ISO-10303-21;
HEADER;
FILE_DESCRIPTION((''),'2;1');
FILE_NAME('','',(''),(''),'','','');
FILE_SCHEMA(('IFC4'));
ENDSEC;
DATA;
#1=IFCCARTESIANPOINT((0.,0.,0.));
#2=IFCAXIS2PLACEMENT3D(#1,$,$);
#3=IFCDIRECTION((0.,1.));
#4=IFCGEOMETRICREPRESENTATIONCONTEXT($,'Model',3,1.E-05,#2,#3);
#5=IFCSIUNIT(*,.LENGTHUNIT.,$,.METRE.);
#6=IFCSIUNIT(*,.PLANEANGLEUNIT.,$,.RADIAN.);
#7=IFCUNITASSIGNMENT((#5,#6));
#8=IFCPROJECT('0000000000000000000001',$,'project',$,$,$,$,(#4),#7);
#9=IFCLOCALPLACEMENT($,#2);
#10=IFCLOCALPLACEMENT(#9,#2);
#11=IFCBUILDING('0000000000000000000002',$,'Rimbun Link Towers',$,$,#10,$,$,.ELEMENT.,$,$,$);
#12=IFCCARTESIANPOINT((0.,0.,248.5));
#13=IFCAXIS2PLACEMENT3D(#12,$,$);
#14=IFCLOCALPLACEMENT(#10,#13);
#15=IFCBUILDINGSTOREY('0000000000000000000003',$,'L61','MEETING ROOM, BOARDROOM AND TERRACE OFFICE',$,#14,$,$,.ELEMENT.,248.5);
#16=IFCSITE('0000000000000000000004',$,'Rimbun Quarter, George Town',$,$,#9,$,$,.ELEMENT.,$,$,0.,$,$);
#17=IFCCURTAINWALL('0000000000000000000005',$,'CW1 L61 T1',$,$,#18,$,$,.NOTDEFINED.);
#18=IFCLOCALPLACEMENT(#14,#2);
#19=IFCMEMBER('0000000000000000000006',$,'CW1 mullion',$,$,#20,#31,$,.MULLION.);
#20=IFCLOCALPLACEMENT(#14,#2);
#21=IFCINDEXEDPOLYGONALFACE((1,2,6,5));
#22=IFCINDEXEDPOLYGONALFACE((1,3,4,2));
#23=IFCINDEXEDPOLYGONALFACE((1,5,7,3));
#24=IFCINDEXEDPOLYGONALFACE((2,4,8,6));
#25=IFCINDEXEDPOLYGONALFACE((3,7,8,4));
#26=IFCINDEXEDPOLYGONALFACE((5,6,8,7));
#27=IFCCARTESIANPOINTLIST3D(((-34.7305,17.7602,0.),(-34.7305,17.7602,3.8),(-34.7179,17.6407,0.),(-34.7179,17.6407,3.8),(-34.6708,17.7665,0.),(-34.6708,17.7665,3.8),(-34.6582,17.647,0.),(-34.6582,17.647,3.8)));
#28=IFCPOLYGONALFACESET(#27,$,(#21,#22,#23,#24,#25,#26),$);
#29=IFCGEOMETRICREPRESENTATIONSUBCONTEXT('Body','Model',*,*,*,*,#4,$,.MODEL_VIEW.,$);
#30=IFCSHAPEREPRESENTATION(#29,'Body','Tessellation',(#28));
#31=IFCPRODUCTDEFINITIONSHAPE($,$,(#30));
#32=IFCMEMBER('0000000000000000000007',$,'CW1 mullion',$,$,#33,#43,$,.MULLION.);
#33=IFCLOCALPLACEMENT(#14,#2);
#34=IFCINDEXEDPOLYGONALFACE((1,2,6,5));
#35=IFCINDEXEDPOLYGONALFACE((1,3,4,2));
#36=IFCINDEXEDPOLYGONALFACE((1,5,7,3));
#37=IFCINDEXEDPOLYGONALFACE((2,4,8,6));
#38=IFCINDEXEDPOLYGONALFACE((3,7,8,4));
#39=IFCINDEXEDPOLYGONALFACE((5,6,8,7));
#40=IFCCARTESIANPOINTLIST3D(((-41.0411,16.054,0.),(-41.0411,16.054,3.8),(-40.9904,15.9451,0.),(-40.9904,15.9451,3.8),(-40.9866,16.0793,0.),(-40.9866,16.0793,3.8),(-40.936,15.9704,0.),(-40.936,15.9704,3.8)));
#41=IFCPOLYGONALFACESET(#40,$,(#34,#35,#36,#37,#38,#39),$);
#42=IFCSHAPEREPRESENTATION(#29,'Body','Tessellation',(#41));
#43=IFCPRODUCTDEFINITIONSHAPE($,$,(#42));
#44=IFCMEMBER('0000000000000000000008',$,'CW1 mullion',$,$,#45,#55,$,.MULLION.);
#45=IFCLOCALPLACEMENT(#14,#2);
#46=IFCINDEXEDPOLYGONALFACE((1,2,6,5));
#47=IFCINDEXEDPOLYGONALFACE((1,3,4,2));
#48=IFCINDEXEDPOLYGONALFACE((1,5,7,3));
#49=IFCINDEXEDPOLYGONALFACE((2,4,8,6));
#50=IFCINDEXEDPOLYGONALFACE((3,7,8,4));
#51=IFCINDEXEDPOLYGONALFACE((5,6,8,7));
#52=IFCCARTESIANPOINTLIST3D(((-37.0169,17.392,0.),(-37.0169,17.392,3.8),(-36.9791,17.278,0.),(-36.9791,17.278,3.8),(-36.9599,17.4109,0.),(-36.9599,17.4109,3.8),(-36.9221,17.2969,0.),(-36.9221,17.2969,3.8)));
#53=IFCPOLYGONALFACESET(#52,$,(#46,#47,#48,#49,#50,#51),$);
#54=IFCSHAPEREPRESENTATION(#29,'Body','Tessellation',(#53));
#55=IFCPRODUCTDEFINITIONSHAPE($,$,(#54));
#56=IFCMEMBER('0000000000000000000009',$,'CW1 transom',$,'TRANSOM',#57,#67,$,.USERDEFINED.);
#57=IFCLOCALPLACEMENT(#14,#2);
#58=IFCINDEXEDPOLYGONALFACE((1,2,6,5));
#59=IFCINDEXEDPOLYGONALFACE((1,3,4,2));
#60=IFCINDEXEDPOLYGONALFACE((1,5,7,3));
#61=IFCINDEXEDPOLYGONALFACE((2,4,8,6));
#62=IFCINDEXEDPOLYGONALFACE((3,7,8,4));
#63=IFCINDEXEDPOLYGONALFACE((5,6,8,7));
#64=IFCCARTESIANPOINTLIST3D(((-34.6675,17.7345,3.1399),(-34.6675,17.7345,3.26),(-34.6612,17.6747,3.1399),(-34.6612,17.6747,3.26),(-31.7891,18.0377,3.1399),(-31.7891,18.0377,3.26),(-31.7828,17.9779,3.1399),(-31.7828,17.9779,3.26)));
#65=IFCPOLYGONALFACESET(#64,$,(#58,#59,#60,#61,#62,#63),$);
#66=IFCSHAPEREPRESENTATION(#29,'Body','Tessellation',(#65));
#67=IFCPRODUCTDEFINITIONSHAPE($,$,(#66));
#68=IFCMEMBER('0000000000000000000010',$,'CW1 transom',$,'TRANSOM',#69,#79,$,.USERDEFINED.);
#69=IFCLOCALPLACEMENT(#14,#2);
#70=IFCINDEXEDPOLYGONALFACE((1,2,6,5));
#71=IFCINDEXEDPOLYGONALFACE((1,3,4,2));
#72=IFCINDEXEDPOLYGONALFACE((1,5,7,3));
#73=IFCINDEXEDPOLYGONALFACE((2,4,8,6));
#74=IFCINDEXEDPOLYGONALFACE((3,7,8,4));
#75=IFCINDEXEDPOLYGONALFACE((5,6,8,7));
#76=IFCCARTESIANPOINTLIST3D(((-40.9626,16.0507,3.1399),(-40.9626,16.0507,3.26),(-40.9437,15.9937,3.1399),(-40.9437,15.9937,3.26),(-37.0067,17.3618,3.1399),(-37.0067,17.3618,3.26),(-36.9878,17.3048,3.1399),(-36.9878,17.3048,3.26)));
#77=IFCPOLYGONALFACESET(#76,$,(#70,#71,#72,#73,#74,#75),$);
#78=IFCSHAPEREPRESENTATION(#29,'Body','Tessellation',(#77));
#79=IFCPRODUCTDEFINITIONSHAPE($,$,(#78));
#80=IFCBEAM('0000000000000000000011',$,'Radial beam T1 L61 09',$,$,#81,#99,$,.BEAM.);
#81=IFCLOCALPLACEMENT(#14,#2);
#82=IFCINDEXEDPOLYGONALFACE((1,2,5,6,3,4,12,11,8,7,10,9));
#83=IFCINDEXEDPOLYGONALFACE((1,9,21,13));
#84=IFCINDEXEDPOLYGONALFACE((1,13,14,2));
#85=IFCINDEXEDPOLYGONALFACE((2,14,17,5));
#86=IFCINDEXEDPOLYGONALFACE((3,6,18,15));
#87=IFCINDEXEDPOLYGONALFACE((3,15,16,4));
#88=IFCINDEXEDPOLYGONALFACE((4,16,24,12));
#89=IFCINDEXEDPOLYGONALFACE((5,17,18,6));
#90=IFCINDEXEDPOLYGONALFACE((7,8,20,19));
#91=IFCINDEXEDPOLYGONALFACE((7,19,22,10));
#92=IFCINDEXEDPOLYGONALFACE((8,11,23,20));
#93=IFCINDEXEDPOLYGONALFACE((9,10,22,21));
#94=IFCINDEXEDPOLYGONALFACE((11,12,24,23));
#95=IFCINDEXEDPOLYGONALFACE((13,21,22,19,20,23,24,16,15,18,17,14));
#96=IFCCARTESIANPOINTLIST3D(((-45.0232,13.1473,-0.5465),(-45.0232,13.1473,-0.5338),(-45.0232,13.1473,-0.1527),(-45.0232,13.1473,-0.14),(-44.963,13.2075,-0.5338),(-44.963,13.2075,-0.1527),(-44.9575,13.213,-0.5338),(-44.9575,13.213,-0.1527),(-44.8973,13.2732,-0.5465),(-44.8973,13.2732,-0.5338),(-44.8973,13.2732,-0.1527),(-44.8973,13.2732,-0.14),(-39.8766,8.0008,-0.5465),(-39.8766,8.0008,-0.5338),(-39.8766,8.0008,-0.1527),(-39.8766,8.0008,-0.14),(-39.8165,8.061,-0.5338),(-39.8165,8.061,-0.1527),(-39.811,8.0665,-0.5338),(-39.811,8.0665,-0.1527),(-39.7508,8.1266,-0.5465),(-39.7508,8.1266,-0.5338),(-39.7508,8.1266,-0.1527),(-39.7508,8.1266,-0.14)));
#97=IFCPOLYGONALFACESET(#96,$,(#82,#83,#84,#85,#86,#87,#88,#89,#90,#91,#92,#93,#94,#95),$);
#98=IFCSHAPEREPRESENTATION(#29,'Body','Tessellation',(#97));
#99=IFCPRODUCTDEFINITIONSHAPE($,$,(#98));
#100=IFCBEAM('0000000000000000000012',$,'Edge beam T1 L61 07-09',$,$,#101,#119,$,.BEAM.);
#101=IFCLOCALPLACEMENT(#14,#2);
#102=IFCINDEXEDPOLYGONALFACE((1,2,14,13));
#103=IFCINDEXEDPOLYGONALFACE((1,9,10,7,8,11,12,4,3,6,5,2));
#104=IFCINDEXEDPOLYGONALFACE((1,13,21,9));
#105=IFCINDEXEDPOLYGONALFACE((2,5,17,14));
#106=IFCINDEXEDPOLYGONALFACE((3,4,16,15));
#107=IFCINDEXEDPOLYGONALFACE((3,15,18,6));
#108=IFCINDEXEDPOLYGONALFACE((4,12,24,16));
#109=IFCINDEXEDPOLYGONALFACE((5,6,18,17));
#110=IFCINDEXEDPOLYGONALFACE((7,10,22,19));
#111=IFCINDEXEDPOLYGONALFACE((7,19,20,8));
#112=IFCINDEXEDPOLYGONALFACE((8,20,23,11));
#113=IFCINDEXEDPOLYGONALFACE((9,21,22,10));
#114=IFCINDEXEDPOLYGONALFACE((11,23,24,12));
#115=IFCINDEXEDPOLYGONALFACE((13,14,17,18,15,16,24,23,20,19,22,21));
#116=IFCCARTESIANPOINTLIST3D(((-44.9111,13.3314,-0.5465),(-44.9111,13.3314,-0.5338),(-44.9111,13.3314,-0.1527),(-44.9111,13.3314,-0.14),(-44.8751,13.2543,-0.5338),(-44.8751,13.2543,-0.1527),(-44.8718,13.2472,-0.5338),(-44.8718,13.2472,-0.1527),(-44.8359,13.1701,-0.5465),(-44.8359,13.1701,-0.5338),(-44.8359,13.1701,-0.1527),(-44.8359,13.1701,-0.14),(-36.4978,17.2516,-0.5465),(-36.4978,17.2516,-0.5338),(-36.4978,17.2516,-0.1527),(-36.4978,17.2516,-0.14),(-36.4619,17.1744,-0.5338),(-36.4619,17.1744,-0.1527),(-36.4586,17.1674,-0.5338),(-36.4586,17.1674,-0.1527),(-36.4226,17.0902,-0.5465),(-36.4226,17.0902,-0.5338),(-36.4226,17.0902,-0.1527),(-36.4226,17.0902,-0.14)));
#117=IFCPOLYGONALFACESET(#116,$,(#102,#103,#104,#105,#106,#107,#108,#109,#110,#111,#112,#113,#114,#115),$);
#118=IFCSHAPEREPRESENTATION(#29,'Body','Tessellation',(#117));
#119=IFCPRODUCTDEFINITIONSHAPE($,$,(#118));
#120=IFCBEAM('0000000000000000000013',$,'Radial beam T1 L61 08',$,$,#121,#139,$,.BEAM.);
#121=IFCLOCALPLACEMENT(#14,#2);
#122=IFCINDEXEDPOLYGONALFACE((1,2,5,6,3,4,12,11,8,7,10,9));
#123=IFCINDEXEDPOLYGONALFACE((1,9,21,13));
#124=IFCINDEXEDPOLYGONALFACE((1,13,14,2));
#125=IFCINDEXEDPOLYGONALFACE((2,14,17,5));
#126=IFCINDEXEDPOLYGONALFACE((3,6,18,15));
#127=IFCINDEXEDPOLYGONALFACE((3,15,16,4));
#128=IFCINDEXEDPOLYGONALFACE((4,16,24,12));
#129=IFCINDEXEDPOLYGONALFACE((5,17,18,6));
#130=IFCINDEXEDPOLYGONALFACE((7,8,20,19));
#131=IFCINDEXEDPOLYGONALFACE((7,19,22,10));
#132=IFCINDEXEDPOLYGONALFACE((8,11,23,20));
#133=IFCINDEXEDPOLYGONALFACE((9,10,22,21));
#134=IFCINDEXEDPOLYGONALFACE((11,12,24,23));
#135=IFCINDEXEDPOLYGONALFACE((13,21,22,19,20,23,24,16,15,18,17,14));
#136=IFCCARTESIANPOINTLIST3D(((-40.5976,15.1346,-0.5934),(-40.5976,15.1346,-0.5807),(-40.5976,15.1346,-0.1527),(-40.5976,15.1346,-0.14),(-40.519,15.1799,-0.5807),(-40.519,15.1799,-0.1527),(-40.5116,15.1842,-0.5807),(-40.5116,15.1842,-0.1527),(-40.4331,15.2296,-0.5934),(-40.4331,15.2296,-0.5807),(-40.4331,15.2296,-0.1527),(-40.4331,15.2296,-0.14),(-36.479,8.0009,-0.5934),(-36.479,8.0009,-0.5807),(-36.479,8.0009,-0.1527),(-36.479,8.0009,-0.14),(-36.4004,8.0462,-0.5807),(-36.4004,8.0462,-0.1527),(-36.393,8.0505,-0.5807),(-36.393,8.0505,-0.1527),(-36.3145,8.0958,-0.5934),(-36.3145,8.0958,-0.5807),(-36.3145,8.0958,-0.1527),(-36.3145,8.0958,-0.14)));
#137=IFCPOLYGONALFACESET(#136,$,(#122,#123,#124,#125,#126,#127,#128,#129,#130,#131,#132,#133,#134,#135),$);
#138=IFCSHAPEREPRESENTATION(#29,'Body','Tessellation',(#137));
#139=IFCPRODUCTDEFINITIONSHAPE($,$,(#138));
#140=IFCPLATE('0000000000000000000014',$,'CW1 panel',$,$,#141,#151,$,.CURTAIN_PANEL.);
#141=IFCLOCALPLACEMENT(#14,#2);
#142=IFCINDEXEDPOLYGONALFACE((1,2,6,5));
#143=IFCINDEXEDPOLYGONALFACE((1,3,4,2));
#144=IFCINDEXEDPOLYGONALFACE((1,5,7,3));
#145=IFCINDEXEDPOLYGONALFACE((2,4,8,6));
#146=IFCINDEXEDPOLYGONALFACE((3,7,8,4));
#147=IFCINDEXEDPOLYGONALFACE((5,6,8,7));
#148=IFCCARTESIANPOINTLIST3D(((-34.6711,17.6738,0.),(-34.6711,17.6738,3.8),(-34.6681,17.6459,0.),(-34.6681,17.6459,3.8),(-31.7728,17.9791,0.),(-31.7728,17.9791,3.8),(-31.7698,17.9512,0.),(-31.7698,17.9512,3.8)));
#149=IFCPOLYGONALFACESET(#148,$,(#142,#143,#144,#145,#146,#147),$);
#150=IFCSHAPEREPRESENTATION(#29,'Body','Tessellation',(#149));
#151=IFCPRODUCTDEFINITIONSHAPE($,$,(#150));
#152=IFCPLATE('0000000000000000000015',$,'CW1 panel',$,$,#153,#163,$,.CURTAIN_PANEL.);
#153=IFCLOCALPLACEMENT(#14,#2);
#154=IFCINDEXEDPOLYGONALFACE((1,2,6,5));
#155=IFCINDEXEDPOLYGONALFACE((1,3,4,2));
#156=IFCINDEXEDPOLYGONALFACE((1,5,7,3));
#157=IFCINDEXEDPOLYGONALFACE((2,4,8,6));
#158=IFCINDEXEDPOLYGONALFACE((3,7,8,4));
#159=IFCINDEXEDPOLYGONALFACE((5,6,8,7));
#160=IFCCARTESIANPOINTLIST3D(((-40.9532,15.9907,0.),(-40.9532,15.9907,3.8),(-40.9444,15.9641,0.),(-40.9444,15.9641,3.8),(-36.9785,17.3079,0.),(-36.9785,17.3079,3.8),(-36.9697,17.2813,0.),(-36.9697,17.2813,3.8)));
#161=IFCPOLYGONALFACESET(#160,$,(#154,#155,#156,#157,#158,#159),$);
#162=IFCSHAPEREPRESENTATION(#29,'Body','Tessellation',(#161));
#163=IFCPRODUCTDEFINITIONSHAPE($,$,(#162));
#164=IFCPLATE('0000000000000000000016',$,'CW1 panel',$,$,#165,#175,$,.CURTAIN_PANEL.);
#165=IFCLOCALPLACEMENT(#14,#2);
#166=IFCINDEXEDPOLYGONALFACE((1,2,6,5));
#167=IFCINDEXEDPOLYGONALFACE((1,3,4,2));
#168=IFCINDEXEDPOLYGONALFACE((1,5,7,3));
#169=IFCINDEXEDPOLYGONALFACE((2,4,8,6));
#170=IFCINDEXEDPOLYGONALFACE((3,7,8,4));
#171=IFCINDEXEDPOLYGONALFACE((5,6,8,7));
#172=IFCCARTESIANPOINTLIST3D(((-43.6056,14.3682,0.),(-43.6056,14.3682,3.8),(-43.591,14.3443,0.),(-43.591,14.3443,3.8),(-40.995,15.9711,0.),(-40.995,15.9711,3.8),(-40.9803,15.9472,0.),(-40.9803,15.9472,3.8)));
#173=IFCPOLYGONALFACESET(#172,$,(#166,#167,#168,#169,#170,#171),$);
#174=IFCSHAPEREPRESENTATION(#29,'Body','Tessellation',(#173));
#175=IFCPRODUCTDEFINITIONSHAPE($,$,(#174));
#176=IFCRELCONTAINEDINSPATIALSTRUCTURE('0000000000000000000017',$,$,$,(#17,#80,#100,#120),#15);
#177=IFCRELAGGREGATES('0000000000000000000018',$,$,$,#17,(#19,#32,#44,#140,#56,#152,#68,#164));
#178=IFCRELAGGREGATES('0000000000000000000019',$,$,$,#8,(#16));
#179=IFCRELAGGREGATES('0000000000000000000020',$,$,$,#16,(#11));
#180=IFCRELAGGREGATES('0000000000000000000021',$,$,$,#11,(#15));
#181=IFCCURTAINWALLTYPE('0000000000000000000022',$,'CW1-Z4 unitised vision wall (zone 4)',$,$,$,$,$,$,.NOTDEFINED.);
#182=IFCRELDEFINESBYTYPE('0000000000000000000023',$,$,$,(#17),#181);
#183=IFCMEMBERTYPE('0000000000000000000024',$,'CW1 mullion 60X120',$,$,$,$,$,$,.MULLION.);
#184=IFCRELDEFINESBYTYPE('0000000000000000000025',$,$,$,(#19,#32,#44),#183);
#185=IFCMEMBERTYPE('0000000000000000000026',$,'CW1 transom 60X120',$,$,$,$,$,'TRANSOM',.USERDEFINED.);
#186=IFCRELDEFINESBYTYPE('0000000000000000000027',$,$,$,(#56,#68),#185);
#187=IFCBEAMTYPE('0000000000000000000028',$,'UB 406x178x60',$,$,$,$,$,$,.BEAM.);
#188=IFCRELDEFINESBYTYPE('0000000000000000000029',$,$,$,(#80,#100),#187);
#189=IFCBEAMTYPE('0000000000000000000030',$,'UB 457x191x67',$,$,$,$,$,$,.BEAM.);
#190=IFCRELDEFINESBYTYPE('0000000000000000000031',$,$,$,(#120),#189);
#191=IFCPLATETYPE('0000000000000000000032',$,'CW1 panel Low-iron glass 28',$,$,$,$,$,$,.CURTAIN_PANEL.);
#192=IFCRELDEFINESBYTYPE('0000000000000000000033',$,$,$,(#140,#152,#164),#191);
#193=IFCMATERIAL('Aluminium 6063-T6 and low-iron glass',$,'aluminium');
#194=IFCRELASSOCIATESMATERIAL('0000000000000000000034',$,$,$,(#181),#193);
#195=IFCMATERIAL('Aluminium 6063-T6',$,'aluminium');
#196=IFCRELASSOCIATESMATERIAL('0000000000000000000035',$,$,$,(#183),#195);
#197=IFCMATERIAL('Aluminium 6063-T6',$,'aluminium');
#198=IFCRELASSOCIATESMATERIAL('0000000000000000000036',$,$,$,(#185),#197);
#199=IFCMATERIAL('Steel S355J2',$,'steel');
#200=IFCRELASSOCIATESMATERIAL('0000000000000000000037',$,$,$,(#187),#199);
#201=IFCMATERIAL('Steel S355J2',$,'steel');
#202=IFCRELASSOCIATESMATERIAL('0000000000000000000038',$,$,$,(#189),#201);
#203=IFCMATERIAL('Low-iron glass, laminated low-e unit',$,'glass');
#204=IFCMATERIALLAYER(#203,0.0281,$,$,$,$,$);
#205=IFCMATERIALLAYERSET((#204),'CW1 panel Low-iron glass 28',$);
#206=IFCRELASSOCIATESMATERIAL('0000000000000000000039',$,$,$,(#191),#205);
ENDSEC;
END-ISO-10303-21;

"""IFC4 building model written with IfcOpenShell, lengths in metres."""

from ifc_helpers import new_model, si_unit, direction, frame, origin, origin_2d, place, context, subcontext, project, spatial, rectangle, i_section, extrude, material, layer, layer_set, material_profile, profile_set, type_object, element, aggregate, save


model = new_model("IFC4")

# Units and contexts
model_context = context("Model", 3, precision=1e-05, world=origin(), true_north=direction((0.0, 1.0)))
body_context = subcontext(model_context, "Body", "Model", "MODEL_VIEW")
ifc_project = project(units=[si_unit("LENGTHUNIT", "METRE"), si_unit("PLANEANGLEUNIT", "RADIAN")], contexts=[model_context])

# Site, building, storey
site_placement = place(None, origin())
site = spatial("IfcSite", under=ifc_project, at=site_placement, Name="Rimbun Quarter, George Town", CompositionType="ELEMENT", RefElevation=0.0)
building_placement = place(site_placement, origin())
building = spatial("IfcBuilding", under=site, at=building_placement, Name="Rimbun Link Towers", CompositionType="ELEMENT")
storey_placement = place(building_placement, frame((0.0, 0.0, 248.5)))
storey = spatial("IfcBuildingStorey", under=building, at=storey_placement, Name="L61", Description="MEETING ROOM, BOARDROOM AND TERRACE OFFICE", CompositionType="ELEMENT", Elevation=248.5)

# Curtain wall, members
ifc_material_1 = material(Name="Aluminium 6063-T6 and low-iron glass", Category="aluminium")
curtain_wall_type = type_object("IfcCurtainWallType", Name="CW1-Z4 unitised vision wall (zone 4)", PredefinedType="NOTDEFINED", material=ifc_material_1)
curtain_wall_placement = place(storey_placement, origin())
curtain_wall = element("IfcCurtainWall", 1, at=curtain_wall_placement, inside=storey, type_object=curtain_wall_type, Name="CW1 L61 T1", PredefinedType="NOTDEFINED")
ifc_material_2 = material(Name="Aluminium 6063-T6", Category="aluminium")
ifc_material_profile_1 = material_profile(ifc_material_2, rectangle(XDim=0.1201, YDim=0.0601, at=origin_2d()), Name="MULLION 60X120")
ifc_profile_set_1 = profile_set([ifc_material_profile_1], Name="Aluminium 6063-T6")
member_type_1 = type_object("IfcMemberType", Name="CW1 mullion 60X120", PredefinedType="MULLION", material=ifc_profile_set_1)
member_1_placement = place(storey_placement, frame((-34.6943, 17.7036, 0.0), z_axis=(0.0, 0.0, 1.0), x_axis=(-0.104732, 0.9945, 0.0)))
member_1 = element("IfcMember", 2, at=member_1_placement, type_object=member_type_1, Name="CW1 mullion", PredefinedType="MULLION", context=body_context, shape_type="SweptSolid", body=[
    extrude(rectangle(XDim=0.1201, YDim=0.0601, at=origin_2d()), origin(), (0.0, 0.0, 1.0), 3.8),
])
member_2_placement = place(storey_placement, frame((-40.9885, 16.0122, 0.0), z_axis=(0.0, 0.0, 1.0), x_axis=(-0.4217, 0.906735, 0.0)))
member_2 = element("IfcMember", 3, at=member_2_placement, type_object=member_type_1, Name="CW1 mullion", PredefinedType="MULLION", context=body_context, shape_type="SweptSolid", body=[
    extrude(rectangle(XDim=0.1201, YDim=0.0601, at=origin_2d()), origin(), (0.0, 0.0, 1.0), 3.8),
])
member_3_placement = place(storey_placement, frame((-36.9695, 17.3445, 0.0), z_axis=(0.0, 0.0, 1.0), x_axis=(-0.314569, 0.949234, 0.0)))
member_3 = element("IfcMember", 4, at=member_3_placement, type_object=member_type_1, Name="CW1 mullion", PredefinedType="MULLION", context=body_context, shape_type="SweptSolid", body=[
    extrude(rectangle(XDim=0.1201, YDim=0.0601, at=origin_2d()), origin(), (0.0, 0.0, 1.0), 3.8),
])
ifc_material_3 = material(Name="Aluminium 6063-T6", Category="aluminium")
ifc_material_profile_2 = material_profile(ifc_material_3, rectangle(XDim=0.0601, YDim=0.1201, at=origin_2d()), Name="TRANSOM 60X120")
ifc_profile_set_2 = profile_set([ifc_material_profile_2], Name="Aluminium 6063-T6")
member_type_2 = type_object("IfcMemberType", Name="CW1 transom 60X120", ElementType="TRANSOM", PredefinedType="USERDEFINED", material=ifc_profile_set_2)
member_4_placement = place(storey_placement, frame((-34.6643, 17.7046, 3.2), z_axis=(0.994497, 0.104764, 0.0), x_axis=(-0.104764, 0.994497, 0.0)))
member_4 = element("IfcMember", 5, at=member_4_placement, type_object=member_type_2, Name="CW1 transom", ObjectType="TRANSOM", PredefinedType="USERDEFINED", context=body_context, shape_type="SweptSolid", body=[
    extrude(rectangle(XDim=0.0601, YDim=0.1201, at=origin_2d()), origin(), (0.0, 0.0, 1.0), 2.8943),
])
member_5_placement = place(storey_placement, frame((-40.9531, 16.0222, 3.2), z_axis=(0.949227, 0.314593, 0.0), x_axis=(-0.314593, 0.949227, 0.0)))
member_5 = element("IfcMember", 6, at=member_5_placement, type_object=member_type_2, Name="CW1 transom", ObjectType="TRANSOM", PredefinedType="USERDEFINED", context=body_context, shape_type="SweptSolid", body=[
    extrude(rectangle(XDim=0.0601, YDim=0.1201, at=origin_2d()), origin(), (0.0, 0.0, 1.0), 4.1675),
])

# Beams
ifc_material_4 = material(Name="Steel S355J2", Category="steel")
ifc_material_profile_3 = material_profile(ifc_material_4, i_section(OverallWidth=0.178, OverallDepth=0.4065, WebThickness=0.0078, FlangeThickness=0.0127, at=origin_2d()), Name="UB 406x178x60")
ifc_profile_set_3 = profile_set([ifc_material_profile_3], Name="Steel S355J2")
beam_type_1 = type_object("IfcBeamType", Name="UB 406x178x60", PredefinedType="BEAM", material=ifc_profile_set_3)
beam_1_placement = place(storey_placement, frame((-39.8137, 8.0637, -0.3433), z_axis=(-0.707107, 0.707107, 0.0), x_axis=(-0.707107, -0.707107, 0.0)))
element("IfcBeam", 7, at=beam_1_placement, inside=storey, type_object=beam_type_1, Name="Radial beam T1 L61 09", PredefinedType="BEAM", context=body_context, shape_type="SweptSolid", body=[
    extrude(i_section(OverallWidth=0.178, OverallDepth=0.4065, WebThickness=0.0078, FlangeThickness=0.0127, at=origin_2d()), origin(), (0.0, 0.0, 1.0), 7.2783),
])
beam_2_placement = place(storey_placement, frame((-36.4602, 17.1709, -0.3433), z_axis=(-0.906433, -0.42235, 0.0), x_axis=(0.42235, -0.906433, 0.0)))
element("IfcBeam", 8, at=beam_2_placement, inside=storey, type_object=beam_type_1, Name="Edge beam T1 L61 07-09", PredefinedType="BEAM", context=body_context, shape_type="SweptSolid", body=[
    extrude(i_section(OverallWidth=0.178, OverallDepth=0.4065, WebThickness=0.0078, FlangeThickness=0.0127, at=origin_2d()), origin(), (0.0, 0.0, 1.0), 9.2817),
])
ifc_material_5 = material(Name="Steel S355J2", Category="steel")
ifc_material_profile_4 = material_profile(ifc_material_5, i_section(OverallWidth=0.1899, OverallDepth=0.4534, WebThickness=0.0085, FlangeThickness=0.0127, at=origin_2d()), Name="UB 457x191x67")
ifc_profile_set_4 = profile_set([ifc_material_profile_4], Name="Steel S355J2")
beam_type_2 = type_object("IfcBeamType", Name="UB 457x191x67", PredefinedType="BEAM", material=ifc_profile_set_4)
beam_3_placement = place(storey_placement, frame((-36.3967, 8.0483, -0.3667), z_axis=(-0.499996, 0.866028, 0.0), x_axis=(-0.866028, -0.499996, 0.0)))
element("IfcBeam", 9, at=beam_3_placement, inside=storey, type_object=beam_type_2, Name="Radial beam T1 L61 08", PredefinedType="BEAM", context=body_context, shape_type="SweptSolid", body=[
    extrude(i_section(OverallWidth=0.1899, OverallDepth=0.4534, WebThickness=0.0085, FlangeThickness=0.0127, at=origin_2d()), origin(), (0.0, 0.0, 1.0), 8.2373),
])

# Plates
ifc_material_6 = material(Name="Low-iron glass, laminated low-e unit", Category="glass")
ifc_layer_1 = layer(ifc_material_6, 0.0281)
ifc_layer_set_1 = layer_set([ifc_layer_1], Name="CW1 panel Low-iron glass 28")
plate_type = type_object("IfcPlateType", Name="CW1 panel Low-iron glass 28", PredefinedType="CURTAIN_PANEL", material=ifc_layer_set_1)
plate_1_placement = place(storey_placement, frame((-33.2205, 17.8125, 0.0), z_axis=(0.0, 0.0, 1.0), x_axis=(0.9945, 0.104732, 0.0)))
plate_1 = element("IfcPlate", 10, at=plate_1_placement, type_object=plate_type, Name="CW1 panel", PredefinedType="CURTAIN_PANEL", context=body_context, shape_type="SweptSolid", body=[
    extrude(rectangle(XDim=2.9143, YDim=0.0281, at=origin_2d()), origin(), (0.0, 0.0, 1.0), 3.8),
])
plate_2_placement = place(storey_placement, frame((-38.9614, 16.636, 0.0), z_axis=(0.0, 0.0, 1.0), x_axis=(0.949234, 0.314569, 0.0)))
plate_2 = element("IfcPlate", 11, at=plate_2_placement, type_object=plate_type, Name="CW1 panel", PredefinedType="CURTAIN_PANEL", context=body_context, shape_type="SweptSolid", body=[
    extrude(rectangle(XDim=4.1873, YDim=0.0281, at=origin_2d()), origin(), (0.0, 0.0, 1.0), 3.8),
])
plate_3_placement = place(storey_placement, frame((-42.293, 15.1577, 0.0), z_axis=(0.0, 0.0, 1.0), x_axis=(0.852192, 0.523229, 0.0)))
plate_3 = element("IfcPlate", 12, at=plate_3_placement, type_object=plate_type, Name="CW1 panel", PredefinedType="CURTAIN_PANEL", context=body_context, shape_type="SweptSolid", body=[
    extrude(rectangle(XDim=3.0635, YDim=0.0281, at=origin_2d()), origin(), (0.0, 0.0, 1.0), 3.8),
])
aggregate(curtain_wall, [member_1, member_2, member_3, plate_1, member_4, plate_2, member_5, plate_3])

save(model, "model.ifc")
